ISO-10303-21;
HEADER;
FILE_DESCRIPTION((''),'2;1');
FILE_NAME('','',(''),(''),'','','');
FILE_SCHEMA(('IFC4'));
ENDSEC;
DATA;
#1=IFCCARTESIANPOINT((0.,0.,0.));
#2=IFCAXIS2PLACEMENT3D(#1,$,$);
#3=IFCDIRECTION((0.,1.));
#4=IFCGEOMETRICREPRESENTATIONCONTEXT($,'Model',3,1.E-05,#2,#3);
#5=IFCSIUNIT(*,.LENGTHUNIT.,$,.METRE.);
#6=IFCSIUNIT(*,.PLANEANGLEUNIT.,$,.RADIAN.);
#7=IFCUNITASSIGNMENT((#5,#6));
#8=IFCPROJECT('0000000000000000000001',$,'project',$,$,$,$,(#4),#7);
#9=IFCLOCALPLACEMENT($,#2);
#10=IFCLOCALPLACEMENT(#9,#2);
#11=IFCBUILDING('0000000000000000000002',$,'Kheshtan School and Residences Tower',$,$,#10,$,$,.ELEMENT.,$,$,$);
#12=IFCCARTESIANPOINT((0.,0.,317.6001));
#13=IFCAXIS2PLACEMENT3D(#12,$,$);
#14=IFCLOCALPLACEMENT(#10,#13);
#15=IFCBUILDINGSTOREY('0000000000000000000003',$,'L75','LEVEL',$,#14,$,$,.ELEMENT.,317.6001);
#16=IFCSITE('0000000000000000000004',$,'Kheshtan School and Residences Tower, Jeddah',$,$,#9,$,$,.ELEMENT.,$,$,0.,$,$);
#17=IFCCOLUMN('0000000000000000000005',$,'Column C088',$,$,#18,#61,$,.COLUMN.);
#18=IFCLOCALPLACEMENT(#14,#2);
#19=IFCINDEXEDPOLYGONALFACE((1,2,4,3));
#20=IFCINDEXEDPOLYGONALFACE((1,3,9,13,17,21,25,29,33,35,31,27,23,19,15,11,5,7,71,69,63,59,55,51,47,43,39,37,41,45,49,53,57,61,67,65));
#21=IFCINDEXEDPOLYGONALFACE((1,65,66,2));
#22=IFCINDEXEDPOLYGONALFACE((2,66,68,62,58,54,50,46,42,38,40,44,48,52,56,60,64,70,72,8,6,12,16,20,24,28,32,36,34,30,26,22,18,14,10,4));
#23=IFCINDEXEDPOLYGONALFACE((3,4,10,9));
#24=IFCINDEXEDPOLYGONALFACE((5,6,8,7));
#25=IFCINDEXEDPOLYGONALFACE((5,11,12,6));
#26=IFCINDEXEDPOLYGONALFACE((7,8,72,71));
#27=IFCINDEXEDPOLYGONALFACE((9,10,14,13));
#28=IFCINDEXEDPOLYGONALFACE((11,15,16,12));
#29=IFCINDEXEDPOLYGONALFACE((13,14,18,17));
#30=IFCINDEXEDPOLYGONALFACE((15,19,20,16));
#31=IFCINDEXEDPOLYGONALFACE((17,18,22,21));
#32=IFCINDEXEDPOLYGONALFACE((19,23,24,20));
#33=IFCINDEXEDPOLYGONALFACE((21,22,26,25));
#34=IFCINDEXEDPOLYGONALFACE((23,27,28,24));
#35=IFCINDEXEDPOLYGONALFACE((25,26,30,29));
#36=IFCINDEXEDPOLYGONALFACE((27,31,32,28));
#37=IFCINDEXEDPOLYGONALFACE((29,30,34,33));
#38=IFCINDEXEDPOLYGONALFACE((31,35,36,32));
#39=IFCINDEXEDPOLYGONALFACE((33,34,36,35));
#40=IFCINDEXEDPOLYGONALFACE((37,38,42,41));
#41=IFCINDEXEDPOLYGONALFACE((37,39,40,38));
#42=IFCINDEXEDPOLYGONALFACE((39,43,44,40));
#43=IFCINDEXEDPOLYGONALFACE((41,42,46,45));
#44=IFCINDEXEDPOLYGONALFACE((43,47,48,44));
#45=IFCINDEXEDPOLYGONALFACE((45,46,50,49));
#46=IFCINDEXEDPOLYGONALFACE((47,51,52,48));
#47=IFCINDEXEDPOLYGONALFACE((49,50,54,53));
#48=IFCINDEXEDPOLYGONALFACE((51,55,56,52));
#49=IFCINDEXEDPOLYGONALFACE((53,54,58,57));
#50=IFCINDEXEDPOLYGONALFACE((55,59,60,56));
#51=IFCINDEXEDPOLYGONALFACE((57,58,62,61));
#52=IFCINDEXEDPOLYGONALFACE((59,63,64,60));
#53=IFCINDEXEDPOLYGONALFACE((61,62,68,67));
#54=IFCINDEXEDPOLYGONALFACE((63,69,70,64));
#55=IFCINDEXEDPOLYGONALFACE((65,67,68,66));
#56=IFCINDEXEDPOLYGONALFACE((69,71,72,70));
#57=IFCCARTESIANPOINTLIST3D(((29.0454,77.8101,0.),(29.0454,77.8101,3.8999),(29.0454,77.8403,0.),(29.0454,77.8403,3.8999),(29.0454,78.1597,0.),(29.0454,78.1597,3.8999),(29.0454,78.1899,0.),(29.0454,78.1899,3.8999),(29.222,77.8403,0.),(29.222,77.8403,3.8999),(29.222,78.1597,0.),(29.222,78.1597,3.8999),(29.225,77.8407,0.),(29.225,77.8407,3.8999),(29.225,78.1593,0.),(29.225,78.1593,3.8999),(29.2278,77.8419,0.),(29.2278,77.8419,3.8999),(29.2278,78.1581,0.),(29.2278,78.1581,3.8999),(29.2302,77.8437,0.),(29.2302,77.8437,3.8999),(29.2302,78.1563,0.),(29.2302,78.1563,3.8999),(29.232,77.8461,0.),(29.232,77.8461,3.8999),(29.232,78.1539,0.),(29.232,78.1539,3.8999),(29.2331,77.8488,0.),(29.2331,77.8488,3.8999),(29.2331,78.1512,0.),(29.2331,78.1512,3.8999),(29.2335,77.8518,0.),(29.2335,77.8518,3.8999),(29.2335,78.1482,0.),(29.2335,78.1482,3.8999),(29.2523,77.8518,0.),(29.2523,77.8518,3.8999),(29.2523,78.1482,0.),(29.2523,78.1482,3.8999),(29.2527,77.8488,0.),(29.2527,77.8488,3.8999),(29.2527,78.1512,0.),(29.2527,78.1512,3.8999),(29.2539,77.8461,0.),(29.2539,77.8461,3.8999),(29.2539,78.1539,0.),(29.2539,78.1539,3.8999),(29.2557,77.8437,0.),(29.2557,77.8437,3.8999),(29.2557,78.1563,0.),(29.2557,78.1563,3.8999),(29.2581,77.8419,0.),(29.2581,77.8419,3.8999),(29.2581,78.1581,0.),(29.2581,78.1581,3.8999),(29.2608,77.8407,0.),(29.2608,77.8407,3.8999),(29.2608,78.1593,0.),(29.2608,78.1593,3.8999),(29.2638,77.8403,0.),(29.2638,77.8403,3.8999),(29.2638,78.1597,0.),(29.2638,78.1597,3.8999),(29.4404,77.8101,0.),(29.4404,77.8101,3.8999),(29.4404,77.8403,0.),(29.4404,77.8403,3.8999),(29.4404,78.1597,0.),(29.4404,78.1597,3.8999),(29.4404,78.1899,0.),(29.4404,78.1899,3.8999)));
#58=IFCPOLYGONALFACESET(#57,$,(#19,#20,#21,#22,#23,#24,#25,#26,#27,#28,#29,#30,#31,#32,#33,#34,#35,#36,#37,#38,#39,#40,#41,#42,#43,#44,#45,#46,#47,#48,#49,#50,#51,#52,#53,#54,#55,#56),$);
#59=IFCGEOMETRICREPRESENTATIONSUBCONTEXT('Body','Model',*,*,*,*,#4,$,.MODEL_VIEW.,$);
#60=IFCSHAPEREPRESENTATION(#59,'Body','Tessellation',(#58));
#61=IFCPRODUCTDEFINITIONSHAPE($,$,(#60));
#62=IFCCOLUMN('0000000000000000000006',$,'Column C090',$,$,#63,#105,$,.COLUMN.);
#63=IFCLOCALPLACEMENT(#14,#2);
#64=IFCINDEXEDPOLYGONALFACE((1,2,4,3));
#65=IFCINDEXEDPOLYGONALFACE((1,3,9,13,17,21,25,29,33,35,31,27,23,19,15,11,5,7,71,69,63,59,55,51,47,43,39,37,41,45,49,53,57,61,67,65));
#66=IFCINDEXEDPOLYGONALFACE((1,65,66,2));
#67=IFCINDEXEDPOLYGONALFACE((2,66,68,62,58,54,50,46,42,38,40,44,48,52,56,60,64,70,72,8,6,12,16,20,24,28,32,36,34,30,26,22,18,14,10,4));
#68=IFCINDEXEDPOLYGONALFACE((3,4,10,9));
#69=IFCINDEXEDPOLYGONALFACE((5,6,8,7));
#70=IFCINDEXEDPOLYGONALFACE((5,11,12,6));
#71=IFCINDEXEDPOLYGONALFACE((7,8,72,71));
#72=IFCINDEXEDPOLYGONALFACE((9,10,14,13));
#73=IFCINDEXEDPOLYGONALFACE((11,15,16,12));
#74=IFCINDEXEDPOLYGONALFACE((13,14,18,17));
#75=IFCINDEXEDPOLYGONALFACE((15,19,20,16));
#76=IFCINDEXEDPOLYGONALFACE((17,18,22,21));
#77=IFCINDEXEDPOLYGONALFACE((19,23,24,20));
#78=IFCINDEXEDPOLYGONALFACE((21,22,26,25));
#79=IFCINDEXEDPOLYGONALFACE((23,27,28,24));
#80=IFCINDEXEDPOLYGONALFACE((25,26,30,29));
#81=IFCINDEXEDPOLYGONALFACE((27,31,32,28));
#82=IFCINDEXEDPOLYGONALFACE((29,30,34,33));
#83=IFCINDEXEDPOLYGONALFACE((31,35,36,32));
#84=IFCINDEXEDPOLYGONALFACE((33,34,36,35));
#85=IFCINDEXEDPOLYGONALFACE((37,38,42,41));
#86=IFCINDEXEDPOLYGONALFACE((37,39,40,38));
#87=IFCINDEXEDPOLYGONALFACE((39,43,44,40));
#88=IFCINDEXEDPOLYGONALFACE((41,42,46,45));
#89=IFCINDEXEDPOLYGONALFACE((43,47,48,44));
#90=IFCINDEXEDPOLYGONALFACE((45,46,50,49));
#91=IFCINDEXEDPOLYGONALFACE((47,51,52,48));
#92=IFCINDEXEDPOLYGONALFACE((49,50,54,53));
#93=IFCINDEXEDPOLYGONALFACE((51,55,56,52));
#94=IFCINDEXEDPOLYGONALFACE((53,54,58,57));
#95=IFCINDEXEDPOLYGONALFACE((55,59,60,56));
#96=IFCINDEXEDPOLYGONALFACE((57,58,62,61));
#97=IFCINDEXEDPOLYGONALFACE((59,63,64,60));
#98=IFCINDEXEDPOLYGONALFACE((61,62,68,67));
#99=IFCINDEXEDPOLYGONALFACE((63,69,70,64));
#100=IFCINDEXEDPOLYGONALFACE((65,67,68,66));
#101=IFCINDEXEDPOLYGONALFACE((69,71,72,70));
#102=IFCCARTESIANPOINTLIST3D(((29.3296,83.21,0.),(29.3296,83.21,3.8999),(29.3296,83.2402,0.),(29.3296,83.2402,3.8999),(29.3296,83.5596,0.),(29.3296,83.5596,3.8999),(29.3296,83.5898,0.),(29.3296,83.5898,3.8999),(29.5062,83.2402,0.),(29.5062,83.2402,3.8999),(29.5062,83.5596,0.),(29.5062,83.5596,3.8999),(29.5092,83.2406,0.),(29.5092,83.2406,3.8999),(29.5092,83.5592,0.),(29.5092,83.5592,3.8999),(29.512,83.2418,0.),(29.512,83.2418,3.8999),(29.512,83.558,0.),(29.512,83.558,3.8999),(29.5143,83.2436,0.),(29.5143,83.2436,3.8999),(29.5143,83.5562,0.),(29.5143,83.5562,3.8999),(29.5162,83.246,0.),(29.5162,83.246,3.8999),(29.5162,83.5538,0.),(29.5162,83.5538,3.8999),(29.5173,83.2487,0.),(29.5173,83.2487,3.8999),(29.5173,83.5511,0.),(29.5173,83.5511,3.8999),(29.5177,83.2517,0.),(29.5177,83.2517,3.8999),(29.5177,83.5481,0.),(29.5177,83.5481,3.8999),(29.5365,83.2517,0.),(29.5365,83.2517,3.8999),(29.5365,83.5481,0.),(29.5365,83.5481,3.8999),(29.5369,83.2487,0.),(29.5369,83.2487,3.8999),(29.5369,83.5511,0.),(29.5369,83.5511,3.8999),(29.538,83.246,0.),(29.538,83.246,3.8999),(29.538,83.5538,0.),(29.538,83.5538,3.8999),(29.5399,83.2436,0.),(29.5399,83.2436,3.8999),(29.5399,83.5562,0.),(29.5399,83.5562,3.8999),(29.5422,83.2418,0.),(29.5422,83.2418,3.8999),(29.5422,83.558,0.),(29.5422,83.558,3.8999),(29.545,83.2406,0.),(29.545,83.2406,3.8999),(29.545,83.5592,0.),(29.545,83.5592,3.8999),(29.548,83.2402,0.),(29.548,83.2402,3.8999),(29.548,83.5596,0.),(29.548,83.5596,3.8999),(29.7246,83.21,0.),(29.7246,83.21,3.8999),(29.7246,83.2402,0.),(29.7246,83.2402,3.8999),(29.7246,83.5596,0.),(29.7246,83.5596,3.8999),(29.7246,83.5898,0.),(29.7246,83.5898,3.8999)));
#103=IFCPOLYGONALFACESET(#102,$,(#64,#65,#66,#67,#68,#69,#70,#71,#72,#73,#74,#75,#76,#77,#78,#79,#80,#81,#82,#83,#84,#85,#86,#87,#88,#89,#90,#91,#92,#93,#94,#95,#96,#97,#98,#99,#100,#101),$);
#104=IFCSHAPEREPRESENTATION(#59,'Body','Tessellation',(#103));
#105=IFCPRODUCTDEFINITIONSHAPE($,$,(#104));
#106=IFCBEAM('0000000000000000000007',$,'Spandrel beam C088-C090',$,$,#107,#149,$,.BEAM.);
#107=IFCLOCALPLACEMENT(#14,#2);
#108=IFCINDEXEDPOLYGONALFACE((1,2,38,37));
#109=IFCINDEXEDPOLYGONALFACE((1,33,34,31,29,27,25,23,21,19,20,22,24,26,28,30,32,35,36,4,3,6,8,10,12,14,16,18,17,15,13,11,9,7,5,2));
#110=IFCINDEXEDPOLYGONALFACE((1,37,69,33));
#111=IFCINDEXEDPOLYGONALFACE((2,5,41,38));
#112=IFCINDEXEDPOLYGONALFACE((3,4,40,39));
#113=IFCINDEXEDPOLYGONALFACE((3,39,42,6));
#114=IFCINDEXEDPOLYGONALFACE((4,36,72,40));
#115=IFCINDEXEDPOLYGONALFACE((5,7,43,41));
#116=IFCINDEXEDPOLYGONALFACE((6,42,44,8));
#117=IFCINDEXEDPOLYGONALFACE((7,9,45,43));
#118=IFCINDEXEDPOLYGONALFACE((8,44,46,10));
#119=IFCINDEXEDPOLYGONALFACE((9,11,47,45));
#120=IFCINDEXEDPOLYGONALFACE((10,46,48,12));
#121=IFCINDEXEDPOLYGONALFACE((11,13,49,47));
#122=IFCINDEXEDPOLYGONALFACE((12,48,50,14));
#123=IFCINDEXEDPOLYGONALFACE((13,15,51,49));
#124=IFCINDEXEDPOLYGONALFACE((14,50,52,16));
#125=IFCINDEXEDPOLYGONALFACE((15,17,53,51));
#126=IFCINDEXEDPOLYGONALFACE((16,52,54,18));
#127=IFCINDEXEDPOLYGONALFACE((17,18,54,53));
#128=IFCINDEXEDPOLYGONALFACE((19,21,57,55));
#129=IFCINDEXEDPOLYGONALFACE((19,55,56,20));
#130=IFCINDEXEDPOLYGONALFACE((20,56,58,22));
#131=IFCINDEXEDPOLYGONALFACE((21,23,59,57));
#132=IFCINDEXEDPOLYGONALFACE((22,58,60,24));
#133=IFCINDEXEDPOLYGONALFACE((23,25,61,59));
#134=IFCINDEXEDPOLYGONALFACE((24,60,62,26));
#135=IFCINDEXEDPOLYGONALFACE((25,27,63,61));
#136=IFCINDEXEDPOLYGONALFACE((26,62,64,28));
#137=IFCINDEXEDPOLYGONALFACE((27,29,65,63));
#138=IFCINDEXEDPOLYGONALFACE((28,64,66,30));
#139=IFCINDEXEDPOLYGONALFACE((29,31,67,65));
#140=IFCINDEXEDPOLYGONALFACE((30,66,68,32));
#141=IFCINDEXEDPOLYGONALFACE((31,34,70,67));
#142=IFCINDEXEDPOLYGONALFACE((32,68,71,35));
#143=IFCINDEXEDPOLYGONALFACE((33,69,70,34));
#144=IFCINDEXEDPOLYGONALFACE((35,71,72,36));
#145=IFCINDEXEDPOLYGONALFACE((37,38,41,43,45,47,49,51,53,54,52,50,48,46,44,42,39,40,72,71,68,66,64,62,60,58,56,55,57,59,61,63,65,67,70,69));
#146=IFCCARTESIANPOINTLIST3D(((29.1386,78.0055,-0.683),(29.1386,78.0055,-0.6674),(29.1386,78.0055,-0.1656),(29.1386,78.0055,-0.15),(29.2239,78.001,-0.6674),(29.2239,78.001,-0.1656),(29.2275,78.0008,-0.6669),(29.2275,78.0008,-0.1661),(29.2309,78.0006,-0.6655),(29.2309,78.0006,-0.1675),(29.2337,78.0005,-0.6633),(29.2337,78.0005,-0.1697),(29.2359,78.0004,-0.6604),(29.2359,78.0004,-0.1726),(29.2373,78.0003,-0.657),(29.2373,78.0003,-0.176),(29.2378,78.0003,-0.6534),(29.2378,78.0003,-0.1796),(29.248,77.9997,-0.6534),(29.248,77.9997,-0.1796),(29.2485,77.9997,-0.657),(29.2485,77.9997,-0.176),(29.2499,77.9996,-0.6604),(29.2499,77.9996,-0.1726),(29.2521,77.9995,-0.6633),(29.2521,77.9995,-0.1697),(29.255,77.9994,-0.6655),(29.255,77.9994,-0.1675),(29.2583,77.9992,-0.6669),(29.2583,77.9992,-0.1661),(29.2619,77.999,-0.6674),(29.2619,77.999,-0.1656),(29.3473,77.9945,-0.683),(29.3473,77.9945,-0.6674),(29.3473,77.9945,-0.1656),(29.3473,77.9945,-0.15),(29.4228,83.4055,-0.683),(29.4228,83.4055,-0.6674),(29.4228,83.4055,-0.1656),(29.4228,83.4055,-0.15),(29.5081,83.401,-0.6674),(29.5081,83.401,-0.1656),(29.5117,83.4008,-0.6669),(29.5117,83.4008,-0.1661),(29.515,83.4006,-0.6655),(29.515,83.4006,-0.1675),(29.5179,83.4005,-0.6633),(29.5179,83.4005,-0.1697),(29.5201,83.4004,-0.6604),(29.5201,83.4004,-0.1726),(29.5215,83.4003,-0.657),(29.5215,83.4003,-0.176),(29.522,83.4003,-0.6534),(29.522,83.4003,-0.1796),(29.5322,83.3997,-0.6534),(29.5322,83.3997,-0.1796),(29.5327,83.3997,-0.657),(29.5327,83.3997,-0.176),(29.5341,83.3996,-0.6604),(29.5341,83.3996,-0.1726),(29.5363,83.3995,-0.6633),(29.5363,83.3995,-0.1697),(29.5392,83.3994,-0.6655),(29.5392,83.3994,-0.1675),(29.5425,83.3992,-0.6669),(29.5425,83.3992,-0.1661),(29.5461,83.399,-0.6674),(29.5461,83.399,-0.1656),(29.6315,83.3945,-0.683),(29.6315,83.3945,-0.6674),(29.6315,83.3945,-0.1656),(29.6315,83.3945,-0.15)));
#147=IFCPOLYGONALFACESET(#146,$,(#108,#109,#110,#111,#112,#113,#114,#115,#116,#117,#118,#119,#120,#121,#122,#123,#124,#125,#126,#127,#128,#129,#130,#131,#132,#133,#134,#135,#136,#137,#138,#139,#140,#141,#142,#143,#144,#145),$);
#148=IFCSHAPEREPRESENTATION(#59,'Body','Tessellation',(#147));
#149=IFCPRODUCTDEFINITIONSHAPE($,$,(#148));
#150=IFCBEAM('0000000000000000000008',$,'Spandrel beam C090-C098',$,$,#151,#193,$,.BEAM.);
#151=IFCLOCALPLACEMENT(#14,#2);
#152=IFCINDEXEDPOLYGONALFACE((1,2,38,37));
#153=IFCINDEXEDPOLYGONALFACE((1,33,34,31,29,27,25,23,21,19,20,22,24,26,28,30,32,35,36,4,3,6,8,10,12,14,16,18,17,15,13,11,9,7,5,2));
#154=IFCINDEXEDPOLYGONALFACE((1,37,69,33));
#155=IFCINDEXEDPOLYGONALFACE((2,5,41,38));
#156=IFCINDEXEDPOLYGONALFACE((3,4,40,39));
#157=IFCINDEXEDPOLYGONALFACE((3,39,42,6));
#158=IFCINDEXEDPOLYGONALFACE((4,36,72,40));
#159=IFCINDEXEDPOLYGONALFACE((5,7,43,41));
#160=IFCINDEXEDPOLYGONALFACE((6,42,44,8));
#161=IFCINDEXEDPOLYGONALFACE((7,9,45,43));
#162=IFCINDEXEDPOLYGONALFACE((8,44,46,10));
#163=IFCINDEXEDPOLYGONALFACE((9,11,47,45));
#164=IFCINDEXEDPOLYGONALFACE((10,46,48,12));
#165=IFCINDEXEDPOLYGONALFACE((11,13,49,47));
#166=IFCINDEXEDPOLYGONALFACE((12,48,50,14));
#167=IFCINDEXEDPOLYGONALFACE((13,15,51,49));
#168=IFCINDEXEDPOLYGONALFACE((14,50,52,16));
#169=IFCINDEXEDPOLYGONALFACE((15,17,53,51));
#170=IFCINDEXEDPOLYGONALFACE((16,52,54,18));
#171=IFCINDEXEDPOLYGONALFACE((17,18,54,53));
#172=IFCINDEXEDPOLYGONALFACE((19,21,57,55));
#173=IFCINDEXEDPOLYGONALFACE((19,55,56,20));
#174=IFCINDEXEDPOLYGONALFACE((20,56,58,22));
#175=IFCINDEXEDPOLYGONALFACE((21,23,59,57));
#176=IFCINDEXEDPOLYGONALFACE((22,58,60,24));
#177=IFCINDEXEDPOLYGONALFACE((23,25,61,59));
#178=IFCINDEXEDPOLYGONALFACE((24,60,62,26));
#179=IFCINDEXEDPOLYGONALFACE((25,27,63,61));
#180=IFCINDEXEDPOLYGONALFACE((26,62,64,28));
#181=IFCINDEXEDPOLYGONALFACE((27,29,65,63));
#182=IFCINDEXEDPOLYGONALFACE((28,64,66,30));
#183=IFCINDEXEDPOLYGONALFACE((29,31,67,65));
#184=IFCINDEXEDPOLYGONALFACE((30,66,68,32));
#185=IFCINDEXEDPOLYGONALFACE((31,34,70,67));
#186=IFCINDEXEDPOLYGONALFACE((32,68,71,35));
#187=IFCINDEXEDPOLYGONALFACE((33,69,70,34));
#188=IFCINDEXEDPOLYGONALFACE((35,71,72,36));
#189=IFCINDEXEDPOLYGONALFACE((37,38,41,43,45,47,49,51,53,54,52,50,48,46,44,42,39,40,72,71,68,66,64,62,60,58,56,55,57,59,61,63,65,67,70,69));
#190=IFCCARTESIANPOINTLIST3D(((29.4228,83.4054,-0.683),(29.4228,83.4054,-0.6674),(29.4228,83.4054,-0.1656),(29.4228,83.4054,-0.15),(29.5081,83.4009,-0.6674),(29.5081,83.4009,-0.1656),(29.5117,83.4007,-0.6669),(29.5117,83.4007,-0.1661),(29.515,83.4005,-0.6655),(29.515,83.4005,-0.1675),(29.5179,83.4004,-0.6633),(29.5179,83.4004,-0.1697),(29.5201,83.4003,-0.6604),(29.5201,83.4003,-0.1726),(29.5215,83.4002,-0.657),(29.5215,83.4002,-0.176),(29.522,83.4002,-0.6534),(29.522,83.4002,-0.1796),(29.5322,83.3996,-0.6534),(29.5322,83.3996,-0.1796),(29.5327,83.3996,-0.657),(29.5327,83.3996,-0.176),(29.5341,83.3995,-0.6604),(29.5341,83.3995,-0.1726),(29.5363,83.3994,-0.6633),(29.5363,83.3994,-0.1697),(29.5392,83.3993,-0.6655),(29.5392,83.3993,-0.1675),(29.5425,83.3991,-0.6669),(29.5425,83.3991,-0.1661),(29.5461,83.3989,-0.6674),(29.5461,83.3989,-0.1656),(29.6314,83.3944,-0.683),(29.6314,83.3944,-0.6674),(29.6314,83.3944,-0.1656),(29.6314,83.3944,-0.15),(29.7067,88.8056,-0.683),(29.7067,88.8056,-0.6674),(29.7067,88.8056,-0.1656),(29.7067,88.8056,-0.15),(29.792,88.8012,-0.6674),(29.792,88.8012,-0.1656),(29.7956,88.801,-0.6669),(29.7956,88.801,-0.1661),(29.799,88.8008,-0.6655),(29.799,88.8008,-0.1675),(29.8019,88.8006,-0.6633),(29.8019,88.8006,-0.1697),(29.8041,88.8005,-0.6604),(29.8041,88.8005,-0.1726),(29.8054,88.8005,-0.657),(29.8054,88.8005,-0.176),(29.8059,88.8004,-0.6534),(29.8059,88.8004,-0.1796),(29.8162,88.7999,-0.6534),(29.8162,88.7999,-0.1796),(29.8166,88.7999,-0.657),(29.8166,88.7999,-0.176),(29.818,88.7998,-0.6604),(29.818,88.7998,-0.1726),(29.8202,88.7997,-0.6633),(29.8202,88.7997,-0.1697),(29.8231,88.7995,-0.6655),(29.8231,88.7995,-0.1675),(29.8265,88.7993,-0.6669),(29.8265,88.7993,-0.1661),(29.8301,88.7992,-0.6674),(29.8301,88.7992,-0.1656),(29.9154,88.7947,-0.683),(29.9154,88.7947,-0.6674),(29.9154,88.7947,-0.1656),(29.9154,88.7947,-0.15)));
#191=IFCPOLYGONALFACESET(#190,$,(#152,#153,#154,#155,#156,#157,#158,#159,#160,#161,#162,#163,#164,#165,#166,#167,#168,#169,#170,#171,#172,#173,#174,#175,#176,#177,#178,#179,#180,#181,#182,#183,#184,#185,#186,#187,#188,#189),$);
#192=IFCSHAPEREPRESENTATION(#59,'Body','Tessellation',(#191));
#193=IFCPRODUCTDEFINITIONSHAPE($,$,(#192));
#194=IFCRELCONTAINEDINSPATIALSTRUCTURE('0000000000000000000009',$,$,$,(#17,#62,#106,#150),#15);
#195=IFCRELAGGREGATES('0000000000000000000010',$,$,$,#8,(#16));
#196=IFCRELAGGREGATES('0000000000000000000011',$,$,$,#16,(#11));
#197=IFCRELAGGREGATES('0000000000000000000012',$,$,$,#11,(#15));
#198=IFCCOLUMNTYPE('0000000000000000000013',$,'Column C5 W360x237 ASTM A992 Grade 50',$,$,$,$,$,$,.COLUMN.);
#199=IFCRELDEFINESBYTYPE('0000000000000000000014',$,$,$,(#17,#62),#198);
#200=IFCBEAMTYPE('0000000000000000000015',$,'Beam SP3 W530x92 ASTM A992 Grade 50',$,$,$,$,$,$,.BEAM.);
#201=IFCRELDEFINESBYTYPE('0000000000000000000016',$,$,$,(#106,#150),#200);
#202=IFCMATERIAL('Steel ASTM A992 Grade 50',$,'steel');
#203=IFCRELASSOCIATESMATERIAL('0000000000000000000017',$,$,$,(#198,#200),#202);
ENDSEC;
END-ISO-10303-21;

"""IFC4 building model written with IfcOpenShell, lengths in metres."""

from ifc_helpers import new_model, si_unit, direction, frame, origin, origin_2d, place, context, subcontext, project, spatial, i_section, extrude, material, material_profile, profile_set, type_object, element, save


model = new_model("IFC4")

# Units and contexts
model_context = context("Model", 3, precision=1e-05, world=origin(), true_north=direction((0.0, 1.0)))
body_context = subcontext(model_context, "Body", "Model", "MODEL_VIEW")
ifc_project = project(units=[si_unit("LENGTHUNIT", "METRE"), si_unit("PLANEANGLEUNIT", "RADIAN")], contexts=[model_context])

# Site, building, storey
site_placement = place(None, origin())
site = spatial("IfcSite", under=ifc_project, at=site_placement, Name="Kheshtan School and Residences Tower, Jeddah", CompositionType="ELEMENT", RefElevation=0.0)
building_placement = place(site_placement, origin())
building = spatial("IfcBuilding", under=site, at=building_placement, Name="Kheshtan School and Residences Tower", CompositionType="ELEMENT")
storey_placement = place(building_placement, frame((0.0, 0.0, 317.6001)))
storey = spatial("IfcBuildingStorey", under=building, at=storey_placement, Name="L75", Description="LEVEL", CompositionType="ELEMENT", Elevation=317.6001)

# Columns
ifc_material_1 = material(Name="Steel ASTM A992 Grade 50", Category="steel")
ifc_material_profile_1 = material_profile(ifc_material_1, i_section(OverallWidth=0.395, OverallDepth=0.3799, WebThickness=0.0188, FlangeThickness=0.0303, FilletRadius=0.0115, at=origin_2d()), Name="W360x237")
ifc_profile_set_1 = profile_set([ifc_material_profile_1], Name="Steel ASTM A992 Grade 50")
column_type = type_object("IfcColumnType", Name="Column C5 W360x237 ASTM A992 Grade 50", PredefinedType="COLUMN", material=ifc_profile_set_1)
for number, where, z_axis, x_axis, name in (
    (1, (29.2429, 78.0, 0.0), (0.0, 0.0, 1.0), (1.0, 0.0, 0.0), "Column C088"),
    (2, (29.5271, 83.3999, 0.0), (0.0, 0.0, 1.0), (1.0, 0.0, 0.0), "Column C090"),
):
    element("IfcColumn", number, at=place(storey_placement, frame(where, z_axis=z_axis, x_axis=x_axis)), inside=storey, type_object=column_type, Name=name, PredefinedType="COLUMN", context=body_context, shape_type="SweptSolid", body=[
        extrude(i_section(OverallWidth=0.395, OverallDepth=0.3799, WebThickness=0.0188, FlangeThickness=0.0303, FilletRadius=0.0115, at=origin_2d()), origin(), (0.0, 0.0, 1.0), 3.8999),
    ])

# Beams
ifc_material_profile_2 = material_profile(ifc_material_1, i_section(OverallWidth=0.209, OverallDepth=0.533, WebThickness=0.0103, FlangeThickness=0.0156, FilletRadius=0.0139, at=origin_2d()), Name="W530x92")
ifc_profile_set_2 = profile_set([ifc_material_profile_2], Name="Steel ASTM A992 Grade 50")
beam_type = type_object("IfcBeamType", Name="Beam SP3 W530x92 ASTM A992 Grade 50", PredefinedType="BEAM", material=ifc_profile_set_2)
beam_1_placement = place(storey_placement, frame((29.2429, 78.0, -0.4165), z_axis=(0.052554, 0.998618, 0.0), x_axis=(-0.998618, 0.052554, 0.0)))
element("IfcBeam", 3, at=beam_1_placement, inside=storey, type_object=beam_type, Name="Spandrel beam C088-C090", PredefinedType="BEAM", context=body_context, shape_type="SweptSolid", body=[
    extrude(i_section(OverallWidth=0.209, OverallDepth=0.533, WebThickness=0.0103, FlangeThickness=0.0156, FilletRadius=0.0139, at=origin_2d()), origin(), (0.0, 0.0, 1.0), 5.4075),
])
beam_2_placement = place(storey_placement, frame((29.5271, 83.3999, -0.4165), z_axis=(0.052507, 0.998621, 0.0), x_axis=(-0.998621, 0.052507, 0.0)))
element("IfcBeam", 4, at=beam_2_placement, inside=storey, type_object=beam_type, Name="Spandrel beam C090-C098", PredefinedType="BEAM", context=body_context, shape_type="SweptSolid", body=[
    extrude(i_section(OverallWidth=0.209, OverallDepth=0.533, WebThickness=0.0103, FlangeThickness=0.0156, FilletRadius=0.0139, at=origin_2d()), origin(), (0.0, 0.0, 1.0), 5.4077),
])

save(model, "model.ifc")
